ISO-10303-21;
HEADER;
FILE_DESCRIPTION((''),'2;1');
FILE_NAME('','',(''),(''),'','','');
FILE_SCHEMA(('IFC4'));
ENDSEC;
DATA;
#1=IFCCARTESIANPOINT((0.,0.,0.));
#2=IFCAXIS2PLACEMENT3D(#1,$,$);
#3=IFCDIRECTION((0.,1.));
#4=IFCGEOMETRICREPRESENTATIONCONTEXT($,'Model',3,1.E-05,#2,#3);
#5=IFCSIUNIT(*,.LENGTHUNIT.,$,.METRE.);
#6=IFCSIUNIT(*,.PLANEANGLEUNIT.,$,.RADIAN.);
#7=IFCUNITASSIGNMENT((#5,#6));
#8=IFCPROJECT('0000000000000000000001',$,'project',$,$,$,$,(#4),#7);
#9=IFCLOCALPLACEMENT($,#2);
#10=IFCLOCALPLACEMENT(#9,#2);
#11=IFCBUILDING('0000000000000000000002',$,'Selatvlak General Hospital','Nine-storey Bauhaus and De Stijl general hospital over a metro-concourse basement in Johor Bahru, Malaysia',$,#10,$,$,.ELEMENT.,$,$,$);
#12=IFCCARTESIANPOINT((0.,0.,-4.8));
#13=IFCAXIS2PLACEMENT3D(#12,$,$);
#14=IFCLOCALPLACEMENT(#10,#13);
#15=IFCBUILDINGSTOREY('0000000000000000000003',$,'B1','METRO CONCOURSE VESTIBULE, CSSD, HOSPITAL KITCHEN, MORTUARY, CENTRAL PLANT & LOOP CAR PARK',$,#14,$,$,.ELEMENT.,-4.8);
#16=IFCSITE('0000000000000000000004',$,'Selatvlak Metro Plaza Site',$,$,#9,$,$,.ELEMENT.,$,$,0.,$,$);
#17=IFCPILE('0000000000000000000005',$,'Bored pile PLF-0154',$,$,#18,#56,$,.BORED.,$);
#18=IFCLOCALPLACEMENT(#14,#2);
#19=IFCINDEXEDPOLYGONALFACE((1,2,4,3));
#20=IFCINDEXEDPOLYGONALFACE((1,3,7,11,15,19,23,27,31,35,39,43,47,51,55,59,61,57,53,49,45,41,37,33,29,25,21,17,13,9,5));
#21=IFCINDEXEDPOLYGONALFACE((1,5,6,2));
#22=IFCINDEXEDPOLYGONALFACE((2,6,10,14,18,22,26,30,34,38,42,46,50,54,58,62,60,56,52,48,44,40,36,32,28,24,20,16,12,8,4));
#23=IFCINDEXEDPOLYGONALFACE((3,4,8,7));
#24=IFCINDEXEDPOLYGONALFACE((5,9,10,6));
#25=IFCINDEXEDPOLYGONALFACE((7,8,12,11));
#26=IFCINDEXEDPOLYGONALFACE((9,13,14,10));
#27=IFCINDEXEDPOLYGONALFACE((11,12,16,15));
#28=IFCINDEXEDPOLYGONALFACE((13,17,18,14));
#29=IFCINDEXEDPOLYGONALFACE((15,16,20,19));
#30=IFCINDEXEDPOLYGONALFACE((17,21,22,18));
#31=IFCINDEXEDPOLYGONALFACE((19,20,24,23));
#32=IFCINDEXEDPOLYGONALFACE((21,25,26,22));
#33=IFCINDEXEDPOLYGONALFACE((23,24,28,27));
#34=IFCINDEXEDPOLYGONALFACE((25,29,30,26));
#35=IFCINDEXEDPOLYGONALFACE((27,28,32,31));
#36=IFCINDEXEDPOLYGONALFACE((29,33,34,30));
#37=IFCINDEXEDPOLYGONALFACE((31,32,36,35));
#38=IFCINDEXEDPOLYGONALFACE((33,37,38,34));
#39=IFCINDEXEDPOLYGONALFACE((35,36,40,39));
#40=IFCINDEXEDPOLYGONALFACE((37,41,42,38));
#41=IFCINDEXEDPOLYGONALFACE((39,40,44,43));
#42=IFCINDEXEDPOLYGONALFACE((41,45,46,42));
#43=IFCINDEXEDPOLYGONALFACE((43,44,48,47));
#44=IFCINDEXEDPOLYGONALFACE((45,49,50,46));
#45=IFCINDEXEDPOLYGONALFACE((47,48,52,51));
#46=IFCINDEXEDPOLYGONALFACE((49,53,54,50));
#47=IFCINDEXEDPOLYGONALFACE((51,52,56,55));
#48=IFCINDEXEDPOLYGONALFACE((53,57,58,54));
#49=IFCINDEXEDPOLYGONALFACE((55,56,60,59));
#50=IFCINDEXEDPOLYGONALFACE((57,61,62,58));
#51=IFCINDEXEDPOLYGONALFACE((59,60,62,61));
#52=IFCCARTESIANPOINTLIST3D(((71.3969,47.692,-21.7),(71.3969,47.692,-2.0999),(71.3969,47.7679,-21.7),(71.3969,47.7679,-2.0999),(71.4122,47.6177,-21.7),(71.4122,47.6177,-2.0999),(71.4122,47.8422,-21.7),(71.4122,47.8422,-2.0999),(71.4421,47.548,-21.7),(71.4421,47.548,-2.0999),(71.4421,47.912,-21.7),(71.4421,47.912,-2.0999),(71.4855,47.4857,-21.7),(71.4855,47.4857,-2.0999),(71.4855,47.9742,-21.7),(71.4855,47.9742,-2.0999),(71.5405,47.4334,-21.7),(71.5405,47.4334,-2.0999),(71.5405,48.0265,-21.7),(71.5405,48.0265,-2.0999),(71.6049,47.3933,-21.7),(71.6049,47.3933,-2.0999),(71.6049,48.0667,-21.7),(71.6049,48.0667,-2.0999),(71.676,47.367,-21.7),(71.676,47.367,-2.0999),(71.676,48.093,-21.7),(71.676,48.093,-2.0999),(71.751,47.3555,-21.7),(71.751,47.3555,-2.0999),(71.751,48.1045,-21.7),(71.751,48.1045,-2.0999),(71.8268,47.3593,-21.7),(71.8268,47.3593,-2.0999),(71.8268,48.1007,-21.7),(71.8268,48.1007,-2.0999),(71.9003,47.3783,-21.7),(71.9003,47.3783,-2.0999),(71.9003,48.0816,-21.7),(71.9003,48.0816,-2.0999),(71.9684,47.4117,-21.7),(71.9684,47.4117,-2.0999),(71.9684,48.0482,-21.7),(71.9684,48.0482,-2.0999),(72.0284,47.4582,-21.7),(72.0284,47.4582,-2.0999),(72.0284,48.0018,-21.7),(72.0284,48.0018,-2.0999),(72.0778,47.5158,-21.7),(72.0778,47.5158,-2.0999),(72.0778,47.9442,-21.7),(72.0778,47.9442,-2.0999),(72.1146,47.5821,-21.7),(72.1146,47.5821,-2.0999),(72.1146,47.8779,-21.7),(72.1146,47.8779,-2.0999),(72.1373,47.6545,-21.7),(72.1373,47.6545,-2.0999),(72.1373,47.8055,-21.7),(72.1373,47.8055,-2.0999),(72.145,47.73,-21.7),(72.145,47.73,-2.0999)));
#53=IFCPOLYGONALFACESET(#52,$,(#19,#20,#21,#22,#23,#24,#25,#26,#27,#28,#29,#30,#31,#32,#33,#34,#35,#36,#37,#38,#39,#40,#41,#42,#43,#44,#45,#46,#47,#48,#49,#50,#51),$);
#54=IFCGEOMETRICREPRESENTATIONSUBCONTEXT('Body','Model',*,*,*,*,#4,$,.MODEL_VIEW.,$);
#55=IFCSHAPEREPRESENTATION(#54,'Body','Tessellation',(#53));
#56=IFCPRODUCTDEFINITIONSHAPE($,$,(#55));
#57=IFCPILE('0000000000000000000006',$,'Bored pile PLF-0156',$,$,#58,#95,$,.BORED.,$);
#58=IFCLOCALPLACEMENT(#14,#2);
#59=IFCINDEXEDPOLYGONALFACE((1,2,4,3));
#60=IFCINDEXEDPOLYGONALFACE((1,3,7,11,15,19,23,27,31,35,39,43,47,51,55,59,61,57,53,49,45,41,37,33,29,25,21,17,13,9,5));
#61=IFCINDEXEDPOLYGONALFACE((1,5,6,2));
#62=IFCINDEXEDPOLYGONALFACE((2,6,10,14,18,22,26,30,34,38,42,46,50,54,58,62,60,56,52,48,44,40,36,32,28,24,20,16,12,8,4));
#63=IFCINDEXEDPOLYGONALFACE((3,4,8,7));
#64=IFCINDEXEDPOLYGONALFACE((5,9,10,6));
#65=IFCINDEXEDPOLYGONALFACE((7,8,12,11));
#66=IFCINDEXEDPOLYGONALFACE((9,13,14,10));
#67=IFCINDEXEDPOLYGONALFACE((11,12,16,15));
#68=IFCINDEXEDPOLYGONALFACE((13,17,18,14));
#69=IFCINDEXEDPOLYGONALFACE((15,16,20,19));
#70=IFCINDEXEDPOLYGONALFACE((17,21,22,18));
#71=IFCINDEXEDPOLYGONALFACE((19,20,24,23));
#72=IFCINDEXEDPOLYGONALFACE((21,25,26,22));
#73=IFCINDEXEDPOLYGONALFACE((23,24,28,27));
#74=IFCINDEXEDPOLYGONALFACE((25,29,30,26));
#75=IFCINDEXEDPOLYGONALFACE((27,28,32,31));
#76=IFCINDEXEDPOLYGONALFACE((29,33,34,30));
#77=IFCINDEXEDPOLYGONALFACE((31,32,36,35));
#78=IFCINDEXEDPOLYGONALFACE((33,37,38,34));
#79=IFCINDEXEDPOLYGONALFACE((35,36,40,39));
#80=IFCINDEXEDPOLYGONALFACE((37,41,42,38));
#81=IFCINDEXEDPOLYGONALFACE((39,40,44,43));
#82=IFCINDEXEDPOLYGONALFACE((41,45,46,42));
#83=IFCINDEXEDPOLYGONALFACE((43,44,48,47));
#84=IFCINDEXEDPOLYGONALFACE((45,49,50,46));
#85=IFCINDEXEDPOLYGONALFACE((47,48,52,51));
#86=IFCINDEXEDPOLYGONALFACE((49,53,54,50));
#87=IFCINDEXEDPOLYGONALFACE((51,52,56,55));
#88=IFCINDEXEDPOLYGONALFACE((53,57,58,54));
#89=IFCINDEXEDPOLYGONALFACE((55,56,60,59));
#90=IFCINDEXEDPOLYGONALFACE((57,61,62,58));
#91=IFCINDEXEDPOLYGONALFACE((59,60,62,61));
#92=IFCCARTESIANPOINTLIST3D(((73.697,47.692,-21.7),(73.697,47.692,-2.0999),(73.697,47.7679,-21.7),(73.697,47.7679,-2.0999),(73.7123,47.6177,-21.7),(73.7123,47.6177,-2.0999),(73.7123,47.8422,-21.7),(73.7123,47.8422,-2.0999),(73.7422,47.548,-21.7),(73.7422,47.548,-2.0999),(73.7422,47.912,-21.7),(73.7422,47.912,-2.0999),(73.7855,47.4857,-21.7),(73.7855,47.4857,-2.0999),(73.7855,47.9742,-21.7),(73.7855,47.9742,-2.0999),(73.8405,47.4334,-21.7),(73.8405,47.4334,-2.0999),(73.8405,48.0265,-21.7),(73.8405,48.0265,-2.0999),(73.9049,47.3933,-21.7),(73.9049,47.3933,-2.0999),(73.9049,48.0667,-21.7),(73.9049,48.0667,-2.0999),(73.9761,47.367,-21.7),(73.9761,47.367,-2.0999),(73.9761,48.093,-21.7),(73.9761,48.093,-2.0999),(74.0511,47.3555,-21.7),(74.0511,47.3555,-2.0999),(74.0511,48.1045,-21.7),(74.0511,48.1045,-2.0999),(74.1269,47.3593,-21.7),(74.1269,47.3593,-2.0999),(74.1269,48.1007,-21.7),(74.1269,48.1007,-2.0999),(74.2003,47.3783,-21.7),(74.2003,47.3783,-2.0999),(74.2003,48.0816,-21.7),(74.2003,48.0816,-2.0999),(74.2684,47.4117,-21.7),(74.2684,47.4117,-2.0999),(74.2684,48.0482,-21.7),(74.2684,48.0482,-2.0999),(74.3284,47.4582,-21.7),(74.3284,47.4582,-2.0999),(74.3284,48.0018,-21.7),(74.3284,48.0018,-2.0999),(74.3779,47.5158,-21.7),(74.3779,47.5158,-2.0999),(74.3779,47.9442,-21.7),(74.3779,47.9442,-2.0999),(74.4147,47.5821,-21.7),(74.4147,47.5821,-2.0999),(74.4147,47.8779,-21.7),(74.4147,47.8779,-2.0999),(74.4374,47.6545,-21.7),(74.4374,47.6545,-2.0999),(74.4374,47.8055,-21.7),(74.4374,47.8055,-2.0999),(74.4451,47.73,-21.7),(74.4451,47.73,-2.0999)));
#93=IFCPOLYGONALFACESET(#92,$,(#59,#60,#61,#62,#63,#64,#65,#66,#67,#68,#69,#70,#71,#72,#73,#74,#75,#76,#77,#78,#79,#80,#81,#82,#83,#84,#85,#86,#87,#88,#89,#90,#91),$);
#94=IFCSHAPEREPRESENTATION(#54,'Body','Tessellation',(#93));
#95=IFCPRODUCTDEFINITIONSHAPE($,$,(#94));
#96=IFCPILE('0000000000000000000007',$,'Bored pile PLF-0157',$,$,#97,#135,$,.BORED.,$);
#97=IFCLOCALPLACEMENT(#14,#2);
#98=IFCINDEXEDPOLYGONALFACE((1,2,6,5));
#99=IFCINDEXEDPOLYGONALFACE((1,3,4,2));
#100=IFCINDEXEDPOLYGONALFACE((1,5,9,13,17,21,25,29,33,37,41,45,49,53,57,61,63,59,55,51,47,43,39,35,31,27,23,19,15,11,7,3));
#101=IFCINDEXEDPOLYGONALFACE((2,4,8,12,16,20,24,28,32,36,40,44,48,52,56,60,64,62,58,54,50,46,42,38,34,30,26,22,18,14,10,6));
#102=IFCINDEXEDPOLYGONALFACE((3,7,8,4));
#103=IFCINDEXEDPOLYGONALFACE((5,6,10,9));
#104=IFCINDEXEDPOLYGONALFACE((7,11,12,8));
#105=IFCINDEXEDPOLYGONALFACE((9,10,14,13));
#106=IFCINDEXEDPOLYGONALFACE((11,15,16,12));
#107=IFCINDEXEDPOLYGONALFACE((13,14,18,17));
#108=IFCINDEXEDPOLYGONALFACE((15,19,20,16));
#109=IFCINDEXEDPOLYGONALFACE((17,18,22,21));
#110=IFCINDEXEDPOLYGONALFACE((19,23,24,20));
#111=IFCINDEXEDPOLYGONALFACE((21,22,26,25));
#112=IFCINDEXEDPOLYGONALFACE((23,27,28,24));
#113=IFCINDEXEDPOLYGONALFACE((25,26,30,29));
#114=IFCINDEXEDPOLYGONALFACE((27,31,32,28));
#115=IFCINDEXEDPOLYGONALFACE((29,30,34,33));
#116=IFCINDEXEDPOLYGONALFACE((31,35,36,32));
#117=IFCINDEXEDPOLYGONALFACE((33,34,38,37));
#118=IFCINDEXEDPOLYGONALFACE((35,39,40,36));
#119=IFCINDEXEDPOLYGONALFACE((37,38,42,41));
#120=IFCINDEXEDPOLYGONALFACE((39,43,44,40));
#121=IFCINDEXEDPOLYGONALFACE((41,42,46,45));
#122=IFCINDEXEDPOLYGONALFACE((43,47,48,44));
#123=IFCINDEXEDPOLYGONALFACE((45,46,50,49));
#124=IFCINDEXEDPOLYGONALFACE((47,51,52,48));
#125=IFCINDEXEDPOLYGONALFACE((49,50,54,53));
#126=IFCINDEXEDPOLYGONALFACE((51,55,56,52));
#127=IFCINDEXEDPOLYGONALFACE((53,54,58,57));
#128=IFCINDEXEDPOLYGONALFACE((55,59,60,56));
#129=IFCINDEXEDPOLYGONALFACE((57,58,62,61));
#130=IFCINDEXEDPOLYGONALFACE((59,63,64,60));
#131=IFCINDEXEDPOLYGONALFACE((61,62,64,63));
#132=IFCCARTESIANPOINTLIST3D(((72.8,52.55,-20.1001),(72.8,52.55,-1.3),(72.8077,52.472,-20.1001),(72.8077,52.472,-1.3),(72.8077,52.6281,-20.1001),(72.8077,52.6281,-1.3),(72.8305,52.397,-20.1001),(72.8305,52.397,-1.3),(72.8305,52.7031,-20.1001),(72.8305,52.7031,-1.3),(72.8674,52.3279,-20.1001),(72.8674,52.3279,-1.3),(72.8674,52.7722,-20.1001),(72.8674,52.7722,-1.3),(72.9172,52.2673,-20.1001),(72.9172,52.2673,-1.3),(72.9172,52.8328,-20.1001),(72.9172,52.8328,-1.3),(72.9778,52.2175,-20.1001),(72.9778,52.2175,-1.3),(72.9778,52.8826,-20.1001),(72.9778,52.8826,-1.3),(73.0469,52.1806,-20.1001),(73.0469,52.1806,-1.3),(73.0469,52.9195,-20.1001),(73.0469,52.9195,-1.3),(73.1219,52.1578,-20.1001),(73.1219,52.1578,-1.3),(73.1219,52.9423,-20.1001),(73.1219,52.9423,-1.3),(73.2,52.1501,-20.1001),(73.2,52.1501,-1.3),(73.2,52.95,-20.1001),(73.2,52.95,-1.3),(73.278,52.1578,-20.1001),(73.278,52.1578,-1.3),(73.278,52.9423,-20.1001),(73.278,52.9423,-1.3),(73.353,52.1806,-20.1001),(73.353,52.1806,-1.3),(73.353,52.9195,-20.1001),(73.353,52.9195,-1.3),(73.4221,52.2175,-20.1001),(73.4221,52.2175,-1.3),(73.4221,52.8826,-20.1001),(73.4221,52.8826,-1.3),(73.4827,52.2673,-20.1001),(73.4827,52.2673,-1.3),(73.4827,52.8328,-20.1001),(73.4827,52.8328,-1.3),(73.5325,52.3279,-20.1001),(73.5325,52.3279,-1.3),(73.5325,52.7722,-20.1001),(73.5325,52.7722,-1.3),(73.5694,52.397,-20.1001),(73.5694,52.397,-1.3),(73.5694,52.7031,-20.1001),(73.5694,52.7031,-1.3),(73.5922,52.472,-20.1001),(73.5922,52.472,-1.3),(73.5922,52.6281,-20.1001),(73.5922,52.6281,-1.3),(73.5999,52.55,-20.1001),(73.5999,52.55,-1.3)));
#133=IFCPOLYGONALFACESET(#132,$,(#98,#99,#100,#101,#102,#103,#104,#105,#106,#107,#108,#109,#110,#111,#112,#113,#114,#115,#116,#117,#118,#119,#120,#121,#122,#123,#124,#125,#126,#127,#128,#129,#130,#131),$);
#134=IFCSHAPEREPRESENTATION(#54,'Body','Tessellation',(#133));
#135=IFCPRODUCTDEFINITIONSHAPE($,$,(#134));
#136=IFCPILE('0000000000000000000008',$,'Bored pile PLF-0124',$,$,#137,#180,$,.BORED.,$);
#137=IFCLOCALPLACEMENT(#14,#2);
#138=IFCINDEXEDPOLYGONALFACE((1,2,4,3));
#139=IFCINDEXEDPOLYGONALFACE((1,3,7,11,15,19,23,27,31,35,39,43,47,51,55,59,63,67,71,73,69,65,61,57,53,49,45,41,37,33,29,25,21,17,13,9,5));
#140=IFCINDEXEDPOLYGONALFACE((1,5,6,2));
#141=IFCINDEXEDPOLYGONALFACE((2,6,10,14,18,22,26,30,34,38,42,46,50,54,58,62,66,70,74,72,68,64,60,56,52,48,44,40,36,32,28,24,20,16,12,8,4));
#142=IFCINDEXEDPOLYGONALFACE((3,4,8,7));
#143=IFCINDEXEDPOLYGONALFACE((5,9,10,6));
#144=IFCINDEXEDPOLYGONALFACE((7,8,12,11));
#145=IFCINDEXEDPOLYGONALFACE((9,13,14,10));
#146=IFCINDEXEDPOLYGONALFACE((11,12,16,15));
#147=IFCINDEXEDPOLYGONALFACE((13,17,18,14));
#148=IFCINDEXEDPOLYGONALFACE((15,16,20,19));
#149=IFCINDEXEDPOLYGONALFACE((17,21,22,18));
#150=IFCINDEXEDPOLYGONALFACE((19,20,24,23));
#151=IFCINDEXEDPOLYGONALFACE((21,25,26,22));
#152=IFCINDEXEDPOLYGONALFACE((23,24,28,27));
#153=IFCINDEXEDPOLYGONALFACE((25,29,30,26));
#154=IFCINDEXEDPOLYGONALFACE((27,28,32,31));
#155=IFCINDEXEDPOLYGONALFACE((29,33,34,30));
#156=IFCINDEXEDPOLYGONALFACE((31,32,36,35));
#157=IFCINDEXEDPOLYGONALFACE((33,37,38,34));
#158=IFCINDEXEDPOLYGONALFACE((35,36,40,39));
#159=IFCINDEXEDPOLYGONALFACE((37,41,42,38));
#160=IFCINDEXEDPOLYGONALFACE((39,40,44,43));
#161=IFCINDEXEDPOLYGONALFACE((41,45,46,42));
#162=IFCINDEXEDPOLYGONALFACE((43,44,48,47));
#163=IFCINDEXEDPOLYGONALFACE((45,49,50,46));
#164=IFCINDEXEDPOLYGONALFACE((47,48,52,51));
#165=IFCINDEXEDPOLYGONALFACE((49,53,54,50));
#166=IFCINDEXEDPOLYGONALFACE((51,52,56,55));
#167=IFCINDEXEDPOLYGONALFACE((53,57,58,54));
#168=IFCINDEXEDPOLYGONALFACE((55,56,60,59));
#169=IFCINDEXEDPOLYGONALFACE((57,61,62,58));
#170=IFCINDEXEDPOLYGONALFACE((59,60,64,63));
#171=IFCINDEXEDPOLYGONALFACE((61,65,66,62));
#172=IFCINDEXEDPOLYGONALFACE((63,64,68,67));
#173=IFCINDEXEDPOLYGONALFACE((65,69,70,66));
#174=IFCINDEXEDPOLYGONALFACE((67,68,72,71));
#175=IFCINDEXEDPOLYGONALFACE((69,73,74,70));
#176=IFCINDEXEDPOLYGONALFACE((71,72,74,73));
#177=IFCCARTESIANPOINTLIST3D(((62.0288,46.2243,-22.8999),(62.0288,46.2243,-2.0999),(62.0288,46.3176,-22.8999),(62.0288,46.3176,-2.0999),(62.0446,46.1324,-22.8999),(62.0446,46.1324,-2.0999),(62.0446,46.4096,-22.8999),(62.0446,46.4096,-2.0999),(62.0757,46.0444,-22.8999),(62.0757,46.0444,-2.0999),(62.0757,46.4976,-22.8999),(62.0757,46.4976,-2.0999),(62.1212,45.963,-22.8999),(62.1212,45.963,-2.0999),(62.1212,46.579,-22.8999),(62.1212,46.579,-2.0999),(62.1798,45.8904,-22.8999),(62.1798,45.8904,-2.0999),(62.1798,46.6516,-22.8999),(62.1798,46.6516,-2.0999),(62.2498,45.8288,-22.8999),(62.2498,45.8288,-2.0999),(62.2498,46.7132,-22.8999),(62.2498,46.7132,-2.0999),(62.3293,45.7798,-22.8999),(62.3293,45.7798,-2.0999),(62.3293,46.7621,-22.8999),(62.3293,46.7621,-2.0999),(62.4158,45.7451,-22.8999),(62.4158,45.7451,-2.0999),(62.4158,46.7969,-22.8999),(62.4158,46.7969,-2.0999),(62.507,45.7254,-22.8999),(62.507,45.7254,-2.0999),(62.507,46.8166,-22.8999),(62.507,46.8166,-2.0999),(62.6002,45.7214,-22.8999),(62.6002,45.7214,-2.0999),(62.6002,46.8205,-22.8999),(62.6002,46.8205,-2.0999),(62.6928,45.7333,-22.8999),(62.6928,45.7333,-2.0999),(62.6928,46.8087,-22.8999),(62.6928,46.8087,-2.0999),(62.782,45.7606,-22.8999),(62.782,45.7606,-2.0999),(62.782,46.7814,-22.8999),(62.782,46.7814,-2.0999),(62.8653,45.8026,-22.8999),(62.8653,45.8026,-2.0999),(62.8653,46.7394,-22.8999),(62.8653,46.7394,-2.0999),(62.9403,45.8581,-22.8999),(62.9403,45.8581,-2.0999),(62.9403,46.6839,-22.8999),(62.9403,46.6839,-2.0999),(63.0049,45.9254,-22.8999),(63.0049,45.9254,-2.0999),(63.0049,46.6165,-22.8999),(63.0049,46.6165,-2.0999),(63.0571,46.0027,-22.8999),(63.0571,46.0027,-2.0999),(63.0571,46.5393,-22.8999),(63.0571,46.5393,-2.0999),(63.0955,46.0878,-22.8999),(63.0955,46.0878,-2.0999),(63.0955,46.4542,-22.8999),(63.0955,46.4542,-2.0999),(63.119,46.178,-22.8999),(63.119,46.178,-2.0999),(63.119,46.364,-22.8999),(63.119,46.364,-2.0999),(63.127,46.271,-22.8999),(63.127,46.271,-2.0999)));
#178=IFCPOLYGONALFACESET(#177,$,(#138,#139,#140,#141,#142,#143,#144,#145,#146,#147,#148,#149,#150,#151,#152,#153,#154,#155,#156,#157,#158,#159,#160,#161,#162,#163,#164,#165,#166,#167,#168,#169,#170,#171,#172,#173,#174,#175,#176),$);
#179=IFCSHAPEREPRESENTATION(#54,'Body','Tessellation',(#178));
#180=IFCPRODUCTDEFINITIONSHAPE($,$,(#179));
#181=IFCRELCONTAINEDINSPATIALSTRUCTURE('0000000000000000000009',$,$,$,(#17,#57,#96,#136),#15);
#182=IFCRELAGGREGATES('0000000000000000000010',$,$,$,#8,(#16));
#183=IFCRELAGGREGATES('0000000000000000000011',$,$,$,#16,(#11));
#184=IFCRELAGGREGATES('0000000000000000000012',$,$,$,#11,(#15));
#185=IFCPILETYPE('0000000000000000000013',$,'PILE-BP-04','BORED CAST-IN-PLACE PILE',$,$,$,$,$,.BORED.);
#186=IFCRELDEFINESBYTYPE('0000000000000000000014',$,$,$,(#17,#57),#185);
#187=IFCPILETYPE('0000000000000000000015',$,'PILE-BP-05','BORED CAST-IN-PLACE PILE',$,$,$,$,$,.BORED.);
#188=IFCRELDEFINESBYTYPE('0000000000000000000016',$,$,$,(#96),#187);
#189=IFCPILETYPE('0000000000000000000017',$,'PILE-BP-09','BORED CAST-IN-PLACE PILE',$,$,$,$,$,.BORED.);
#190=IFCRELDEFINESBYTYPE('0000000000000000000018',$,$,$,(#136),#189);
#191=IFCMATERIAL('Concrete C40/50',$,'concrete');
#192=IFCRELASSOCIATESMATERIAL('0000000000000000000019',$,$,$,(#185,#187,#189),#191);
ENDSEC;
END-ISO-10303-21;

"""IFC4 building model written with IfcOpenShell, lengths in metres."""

from ifc_helpers import new_model, si_unit, direction, frame, origin, origin_2d, place, context, subcontext, project, spatial, circle, extrude, material, material_profile, profile_set, type_object, element, save


model = new_model("IFC4")

# Units and contexts
model_context = context("Model", 3, precision=1e-05, world=origin(), true_north=direction((0.0, 1.0)))
body_context = subcontext(model_context, "Body", "Model", "MODEL_VIEW")
ifc_project = project(units=[si_unit("LENGTHUNIT", "METRE"), si_unit("PLANEANGLEUNIT", "RADIAN")], contexts=[model_context])

# Site, building, storey
site_placement = place(None, origin())
site = spatial("IfcSite", under=ifc_project, at=site_placement, Name="Selatvlak Metro Plaza Site", CompositionType="ELEMENT", RefElevation=0.0)
building_placement = place(site_placement, origin())
building = spatial("IfcBuilding", under=site, at=building_placement, Name="Selatvlak General Hospital", Description="Nine-storey Bauhaus and De Stijl general hospital over a metro-concourse basement in Johor Bahru, Malaysia", CompositionType="ELEMENT")
storey_placement = place(building_placement, frame((0.0, 0.0, -4.8)))
storey = spatial("IfcBuildingStorey", under=building, at=storey_placement, Name="B1", Description="METRO CONCOURSE VESTIBULE, CSSD, HOSPITAL KITCHEN, MORTUARY, CENTRAL PLANT & LOOP CAR PARK", CompositionType="ELEMENT", Elevation=-4.8)

# Shared definitions
ifc_material_1 = material(Name="Concrete C40/50", Category="concrete")

# Piles
ifc_material_profile_1 = material_profile(ifc_material_1, circle(Radius=0.375, at=origin_2d()), Name="BORED PILE 750")
ifc_profile_set_1 = profile_set([ifc_material_profile_1], Name="Concrete C40/50")
pile_type_1 = type_object("IfcPileType", Name="PILE-BP-04", Description="BORED CAST-IN-PLACE PILE", PredefinedType="BORED", material=ifc_profile_set_1)
for number, where, z_axis, x_axis, name in (
    (1, (71.77, 47.73, -2.0999), (0.0, 0.0, -1.0), (1.0, 0.0, 0.0), "Bored pile PLF-0154"),
    (2, (74.0701, 47.73, -2.0999), (0.0, 0.0, -1.0), (1.0, 0.0, 0.0), "Bored pile PLF-0156"),
):
    element("IfcPile", number, at=place(storey_placement, frame(where, z_axis=z_axis, x_axis=x_axis)), inside=storey, type_object=pile_type_1, Name=name, PredefinedType="BORED", context=body_context, shape_type="SweptSolid", body=[
        extrude(circle(Radius=0.375, at=origin_2d()), origin(), (0.0, 0.0, 1.0), 19.6001),
    ])
ifc_material_profile_2 = material_profile(ifc_material_1, circle(Radius=0.3999, at=origin_2d()), Name="BORED PILE 800")
ifc_profile_set_2 = profile_set([ifc_material_profile_2], Name="Concrete C40/50")
pile_type_2 = type_object("IfcPileType", Name="PILE-BP-05", Description="BORED CAST-IN-PLACE PILE", PredefinedType="BORED", material=ifc_profile_set_2)
pile_1_placement = place(storey_placement, frame((73.2, 52.55, -1.3), z_axis=(0.0, 0.0, -1.0), x_axis=(1.0, 0.0, 0.0)))
element("IfcPile", 3, at=pile_1_placement, inside=storey, type_object=pile_type_2, Name="Bored pile PLF-0157", PredefinedType="BORED", context=body_context, shape_type="SweptSolid", body=[
    extrude(circle(Radius=0.3999, at=origin_2d()), origin(), (0.0, 0.0, 1.0), 18.8),
])
ifc_material_profile_3 = material_profile(ifc_material_1, circle(Radius=0.55, at=origin_2d()), Name="BORED PILE 1100")
ifc_profile_set_3 = profile_set([ifc_material_profile_3], Name="Concrete C40/50")
pile_type_3 = type_object("IfcPileType", Name="PILE-BP-09", Description="BORED CAST-IN-PLACE PILE", PredefinedType="BORED", material=ifc_profile_set_3)
for number, where, z_axis, x_axis, name in (
    (4, (62.5769, 46.271, -2.0999), (0.0, 0.0, -1.0), (1.0, 0.0, 0.0), "Bored pile PLF-0124"),
):
    element("IfcPile", number, at=place(storey_placement, frame(where, z_axis=z_axis, x_axis=x_axis)), inside=storey, type_object=pile_type_3, Name=name, PredefinedType="BORED", context=body_context, shape_type="SweptSolid", body=[
        extrude(circle(Radius=0.55, at=origin_2d()), origin(), (0.0, 0.0, 1.0), 20.8),
    ])

save(model, "model.ifc")
